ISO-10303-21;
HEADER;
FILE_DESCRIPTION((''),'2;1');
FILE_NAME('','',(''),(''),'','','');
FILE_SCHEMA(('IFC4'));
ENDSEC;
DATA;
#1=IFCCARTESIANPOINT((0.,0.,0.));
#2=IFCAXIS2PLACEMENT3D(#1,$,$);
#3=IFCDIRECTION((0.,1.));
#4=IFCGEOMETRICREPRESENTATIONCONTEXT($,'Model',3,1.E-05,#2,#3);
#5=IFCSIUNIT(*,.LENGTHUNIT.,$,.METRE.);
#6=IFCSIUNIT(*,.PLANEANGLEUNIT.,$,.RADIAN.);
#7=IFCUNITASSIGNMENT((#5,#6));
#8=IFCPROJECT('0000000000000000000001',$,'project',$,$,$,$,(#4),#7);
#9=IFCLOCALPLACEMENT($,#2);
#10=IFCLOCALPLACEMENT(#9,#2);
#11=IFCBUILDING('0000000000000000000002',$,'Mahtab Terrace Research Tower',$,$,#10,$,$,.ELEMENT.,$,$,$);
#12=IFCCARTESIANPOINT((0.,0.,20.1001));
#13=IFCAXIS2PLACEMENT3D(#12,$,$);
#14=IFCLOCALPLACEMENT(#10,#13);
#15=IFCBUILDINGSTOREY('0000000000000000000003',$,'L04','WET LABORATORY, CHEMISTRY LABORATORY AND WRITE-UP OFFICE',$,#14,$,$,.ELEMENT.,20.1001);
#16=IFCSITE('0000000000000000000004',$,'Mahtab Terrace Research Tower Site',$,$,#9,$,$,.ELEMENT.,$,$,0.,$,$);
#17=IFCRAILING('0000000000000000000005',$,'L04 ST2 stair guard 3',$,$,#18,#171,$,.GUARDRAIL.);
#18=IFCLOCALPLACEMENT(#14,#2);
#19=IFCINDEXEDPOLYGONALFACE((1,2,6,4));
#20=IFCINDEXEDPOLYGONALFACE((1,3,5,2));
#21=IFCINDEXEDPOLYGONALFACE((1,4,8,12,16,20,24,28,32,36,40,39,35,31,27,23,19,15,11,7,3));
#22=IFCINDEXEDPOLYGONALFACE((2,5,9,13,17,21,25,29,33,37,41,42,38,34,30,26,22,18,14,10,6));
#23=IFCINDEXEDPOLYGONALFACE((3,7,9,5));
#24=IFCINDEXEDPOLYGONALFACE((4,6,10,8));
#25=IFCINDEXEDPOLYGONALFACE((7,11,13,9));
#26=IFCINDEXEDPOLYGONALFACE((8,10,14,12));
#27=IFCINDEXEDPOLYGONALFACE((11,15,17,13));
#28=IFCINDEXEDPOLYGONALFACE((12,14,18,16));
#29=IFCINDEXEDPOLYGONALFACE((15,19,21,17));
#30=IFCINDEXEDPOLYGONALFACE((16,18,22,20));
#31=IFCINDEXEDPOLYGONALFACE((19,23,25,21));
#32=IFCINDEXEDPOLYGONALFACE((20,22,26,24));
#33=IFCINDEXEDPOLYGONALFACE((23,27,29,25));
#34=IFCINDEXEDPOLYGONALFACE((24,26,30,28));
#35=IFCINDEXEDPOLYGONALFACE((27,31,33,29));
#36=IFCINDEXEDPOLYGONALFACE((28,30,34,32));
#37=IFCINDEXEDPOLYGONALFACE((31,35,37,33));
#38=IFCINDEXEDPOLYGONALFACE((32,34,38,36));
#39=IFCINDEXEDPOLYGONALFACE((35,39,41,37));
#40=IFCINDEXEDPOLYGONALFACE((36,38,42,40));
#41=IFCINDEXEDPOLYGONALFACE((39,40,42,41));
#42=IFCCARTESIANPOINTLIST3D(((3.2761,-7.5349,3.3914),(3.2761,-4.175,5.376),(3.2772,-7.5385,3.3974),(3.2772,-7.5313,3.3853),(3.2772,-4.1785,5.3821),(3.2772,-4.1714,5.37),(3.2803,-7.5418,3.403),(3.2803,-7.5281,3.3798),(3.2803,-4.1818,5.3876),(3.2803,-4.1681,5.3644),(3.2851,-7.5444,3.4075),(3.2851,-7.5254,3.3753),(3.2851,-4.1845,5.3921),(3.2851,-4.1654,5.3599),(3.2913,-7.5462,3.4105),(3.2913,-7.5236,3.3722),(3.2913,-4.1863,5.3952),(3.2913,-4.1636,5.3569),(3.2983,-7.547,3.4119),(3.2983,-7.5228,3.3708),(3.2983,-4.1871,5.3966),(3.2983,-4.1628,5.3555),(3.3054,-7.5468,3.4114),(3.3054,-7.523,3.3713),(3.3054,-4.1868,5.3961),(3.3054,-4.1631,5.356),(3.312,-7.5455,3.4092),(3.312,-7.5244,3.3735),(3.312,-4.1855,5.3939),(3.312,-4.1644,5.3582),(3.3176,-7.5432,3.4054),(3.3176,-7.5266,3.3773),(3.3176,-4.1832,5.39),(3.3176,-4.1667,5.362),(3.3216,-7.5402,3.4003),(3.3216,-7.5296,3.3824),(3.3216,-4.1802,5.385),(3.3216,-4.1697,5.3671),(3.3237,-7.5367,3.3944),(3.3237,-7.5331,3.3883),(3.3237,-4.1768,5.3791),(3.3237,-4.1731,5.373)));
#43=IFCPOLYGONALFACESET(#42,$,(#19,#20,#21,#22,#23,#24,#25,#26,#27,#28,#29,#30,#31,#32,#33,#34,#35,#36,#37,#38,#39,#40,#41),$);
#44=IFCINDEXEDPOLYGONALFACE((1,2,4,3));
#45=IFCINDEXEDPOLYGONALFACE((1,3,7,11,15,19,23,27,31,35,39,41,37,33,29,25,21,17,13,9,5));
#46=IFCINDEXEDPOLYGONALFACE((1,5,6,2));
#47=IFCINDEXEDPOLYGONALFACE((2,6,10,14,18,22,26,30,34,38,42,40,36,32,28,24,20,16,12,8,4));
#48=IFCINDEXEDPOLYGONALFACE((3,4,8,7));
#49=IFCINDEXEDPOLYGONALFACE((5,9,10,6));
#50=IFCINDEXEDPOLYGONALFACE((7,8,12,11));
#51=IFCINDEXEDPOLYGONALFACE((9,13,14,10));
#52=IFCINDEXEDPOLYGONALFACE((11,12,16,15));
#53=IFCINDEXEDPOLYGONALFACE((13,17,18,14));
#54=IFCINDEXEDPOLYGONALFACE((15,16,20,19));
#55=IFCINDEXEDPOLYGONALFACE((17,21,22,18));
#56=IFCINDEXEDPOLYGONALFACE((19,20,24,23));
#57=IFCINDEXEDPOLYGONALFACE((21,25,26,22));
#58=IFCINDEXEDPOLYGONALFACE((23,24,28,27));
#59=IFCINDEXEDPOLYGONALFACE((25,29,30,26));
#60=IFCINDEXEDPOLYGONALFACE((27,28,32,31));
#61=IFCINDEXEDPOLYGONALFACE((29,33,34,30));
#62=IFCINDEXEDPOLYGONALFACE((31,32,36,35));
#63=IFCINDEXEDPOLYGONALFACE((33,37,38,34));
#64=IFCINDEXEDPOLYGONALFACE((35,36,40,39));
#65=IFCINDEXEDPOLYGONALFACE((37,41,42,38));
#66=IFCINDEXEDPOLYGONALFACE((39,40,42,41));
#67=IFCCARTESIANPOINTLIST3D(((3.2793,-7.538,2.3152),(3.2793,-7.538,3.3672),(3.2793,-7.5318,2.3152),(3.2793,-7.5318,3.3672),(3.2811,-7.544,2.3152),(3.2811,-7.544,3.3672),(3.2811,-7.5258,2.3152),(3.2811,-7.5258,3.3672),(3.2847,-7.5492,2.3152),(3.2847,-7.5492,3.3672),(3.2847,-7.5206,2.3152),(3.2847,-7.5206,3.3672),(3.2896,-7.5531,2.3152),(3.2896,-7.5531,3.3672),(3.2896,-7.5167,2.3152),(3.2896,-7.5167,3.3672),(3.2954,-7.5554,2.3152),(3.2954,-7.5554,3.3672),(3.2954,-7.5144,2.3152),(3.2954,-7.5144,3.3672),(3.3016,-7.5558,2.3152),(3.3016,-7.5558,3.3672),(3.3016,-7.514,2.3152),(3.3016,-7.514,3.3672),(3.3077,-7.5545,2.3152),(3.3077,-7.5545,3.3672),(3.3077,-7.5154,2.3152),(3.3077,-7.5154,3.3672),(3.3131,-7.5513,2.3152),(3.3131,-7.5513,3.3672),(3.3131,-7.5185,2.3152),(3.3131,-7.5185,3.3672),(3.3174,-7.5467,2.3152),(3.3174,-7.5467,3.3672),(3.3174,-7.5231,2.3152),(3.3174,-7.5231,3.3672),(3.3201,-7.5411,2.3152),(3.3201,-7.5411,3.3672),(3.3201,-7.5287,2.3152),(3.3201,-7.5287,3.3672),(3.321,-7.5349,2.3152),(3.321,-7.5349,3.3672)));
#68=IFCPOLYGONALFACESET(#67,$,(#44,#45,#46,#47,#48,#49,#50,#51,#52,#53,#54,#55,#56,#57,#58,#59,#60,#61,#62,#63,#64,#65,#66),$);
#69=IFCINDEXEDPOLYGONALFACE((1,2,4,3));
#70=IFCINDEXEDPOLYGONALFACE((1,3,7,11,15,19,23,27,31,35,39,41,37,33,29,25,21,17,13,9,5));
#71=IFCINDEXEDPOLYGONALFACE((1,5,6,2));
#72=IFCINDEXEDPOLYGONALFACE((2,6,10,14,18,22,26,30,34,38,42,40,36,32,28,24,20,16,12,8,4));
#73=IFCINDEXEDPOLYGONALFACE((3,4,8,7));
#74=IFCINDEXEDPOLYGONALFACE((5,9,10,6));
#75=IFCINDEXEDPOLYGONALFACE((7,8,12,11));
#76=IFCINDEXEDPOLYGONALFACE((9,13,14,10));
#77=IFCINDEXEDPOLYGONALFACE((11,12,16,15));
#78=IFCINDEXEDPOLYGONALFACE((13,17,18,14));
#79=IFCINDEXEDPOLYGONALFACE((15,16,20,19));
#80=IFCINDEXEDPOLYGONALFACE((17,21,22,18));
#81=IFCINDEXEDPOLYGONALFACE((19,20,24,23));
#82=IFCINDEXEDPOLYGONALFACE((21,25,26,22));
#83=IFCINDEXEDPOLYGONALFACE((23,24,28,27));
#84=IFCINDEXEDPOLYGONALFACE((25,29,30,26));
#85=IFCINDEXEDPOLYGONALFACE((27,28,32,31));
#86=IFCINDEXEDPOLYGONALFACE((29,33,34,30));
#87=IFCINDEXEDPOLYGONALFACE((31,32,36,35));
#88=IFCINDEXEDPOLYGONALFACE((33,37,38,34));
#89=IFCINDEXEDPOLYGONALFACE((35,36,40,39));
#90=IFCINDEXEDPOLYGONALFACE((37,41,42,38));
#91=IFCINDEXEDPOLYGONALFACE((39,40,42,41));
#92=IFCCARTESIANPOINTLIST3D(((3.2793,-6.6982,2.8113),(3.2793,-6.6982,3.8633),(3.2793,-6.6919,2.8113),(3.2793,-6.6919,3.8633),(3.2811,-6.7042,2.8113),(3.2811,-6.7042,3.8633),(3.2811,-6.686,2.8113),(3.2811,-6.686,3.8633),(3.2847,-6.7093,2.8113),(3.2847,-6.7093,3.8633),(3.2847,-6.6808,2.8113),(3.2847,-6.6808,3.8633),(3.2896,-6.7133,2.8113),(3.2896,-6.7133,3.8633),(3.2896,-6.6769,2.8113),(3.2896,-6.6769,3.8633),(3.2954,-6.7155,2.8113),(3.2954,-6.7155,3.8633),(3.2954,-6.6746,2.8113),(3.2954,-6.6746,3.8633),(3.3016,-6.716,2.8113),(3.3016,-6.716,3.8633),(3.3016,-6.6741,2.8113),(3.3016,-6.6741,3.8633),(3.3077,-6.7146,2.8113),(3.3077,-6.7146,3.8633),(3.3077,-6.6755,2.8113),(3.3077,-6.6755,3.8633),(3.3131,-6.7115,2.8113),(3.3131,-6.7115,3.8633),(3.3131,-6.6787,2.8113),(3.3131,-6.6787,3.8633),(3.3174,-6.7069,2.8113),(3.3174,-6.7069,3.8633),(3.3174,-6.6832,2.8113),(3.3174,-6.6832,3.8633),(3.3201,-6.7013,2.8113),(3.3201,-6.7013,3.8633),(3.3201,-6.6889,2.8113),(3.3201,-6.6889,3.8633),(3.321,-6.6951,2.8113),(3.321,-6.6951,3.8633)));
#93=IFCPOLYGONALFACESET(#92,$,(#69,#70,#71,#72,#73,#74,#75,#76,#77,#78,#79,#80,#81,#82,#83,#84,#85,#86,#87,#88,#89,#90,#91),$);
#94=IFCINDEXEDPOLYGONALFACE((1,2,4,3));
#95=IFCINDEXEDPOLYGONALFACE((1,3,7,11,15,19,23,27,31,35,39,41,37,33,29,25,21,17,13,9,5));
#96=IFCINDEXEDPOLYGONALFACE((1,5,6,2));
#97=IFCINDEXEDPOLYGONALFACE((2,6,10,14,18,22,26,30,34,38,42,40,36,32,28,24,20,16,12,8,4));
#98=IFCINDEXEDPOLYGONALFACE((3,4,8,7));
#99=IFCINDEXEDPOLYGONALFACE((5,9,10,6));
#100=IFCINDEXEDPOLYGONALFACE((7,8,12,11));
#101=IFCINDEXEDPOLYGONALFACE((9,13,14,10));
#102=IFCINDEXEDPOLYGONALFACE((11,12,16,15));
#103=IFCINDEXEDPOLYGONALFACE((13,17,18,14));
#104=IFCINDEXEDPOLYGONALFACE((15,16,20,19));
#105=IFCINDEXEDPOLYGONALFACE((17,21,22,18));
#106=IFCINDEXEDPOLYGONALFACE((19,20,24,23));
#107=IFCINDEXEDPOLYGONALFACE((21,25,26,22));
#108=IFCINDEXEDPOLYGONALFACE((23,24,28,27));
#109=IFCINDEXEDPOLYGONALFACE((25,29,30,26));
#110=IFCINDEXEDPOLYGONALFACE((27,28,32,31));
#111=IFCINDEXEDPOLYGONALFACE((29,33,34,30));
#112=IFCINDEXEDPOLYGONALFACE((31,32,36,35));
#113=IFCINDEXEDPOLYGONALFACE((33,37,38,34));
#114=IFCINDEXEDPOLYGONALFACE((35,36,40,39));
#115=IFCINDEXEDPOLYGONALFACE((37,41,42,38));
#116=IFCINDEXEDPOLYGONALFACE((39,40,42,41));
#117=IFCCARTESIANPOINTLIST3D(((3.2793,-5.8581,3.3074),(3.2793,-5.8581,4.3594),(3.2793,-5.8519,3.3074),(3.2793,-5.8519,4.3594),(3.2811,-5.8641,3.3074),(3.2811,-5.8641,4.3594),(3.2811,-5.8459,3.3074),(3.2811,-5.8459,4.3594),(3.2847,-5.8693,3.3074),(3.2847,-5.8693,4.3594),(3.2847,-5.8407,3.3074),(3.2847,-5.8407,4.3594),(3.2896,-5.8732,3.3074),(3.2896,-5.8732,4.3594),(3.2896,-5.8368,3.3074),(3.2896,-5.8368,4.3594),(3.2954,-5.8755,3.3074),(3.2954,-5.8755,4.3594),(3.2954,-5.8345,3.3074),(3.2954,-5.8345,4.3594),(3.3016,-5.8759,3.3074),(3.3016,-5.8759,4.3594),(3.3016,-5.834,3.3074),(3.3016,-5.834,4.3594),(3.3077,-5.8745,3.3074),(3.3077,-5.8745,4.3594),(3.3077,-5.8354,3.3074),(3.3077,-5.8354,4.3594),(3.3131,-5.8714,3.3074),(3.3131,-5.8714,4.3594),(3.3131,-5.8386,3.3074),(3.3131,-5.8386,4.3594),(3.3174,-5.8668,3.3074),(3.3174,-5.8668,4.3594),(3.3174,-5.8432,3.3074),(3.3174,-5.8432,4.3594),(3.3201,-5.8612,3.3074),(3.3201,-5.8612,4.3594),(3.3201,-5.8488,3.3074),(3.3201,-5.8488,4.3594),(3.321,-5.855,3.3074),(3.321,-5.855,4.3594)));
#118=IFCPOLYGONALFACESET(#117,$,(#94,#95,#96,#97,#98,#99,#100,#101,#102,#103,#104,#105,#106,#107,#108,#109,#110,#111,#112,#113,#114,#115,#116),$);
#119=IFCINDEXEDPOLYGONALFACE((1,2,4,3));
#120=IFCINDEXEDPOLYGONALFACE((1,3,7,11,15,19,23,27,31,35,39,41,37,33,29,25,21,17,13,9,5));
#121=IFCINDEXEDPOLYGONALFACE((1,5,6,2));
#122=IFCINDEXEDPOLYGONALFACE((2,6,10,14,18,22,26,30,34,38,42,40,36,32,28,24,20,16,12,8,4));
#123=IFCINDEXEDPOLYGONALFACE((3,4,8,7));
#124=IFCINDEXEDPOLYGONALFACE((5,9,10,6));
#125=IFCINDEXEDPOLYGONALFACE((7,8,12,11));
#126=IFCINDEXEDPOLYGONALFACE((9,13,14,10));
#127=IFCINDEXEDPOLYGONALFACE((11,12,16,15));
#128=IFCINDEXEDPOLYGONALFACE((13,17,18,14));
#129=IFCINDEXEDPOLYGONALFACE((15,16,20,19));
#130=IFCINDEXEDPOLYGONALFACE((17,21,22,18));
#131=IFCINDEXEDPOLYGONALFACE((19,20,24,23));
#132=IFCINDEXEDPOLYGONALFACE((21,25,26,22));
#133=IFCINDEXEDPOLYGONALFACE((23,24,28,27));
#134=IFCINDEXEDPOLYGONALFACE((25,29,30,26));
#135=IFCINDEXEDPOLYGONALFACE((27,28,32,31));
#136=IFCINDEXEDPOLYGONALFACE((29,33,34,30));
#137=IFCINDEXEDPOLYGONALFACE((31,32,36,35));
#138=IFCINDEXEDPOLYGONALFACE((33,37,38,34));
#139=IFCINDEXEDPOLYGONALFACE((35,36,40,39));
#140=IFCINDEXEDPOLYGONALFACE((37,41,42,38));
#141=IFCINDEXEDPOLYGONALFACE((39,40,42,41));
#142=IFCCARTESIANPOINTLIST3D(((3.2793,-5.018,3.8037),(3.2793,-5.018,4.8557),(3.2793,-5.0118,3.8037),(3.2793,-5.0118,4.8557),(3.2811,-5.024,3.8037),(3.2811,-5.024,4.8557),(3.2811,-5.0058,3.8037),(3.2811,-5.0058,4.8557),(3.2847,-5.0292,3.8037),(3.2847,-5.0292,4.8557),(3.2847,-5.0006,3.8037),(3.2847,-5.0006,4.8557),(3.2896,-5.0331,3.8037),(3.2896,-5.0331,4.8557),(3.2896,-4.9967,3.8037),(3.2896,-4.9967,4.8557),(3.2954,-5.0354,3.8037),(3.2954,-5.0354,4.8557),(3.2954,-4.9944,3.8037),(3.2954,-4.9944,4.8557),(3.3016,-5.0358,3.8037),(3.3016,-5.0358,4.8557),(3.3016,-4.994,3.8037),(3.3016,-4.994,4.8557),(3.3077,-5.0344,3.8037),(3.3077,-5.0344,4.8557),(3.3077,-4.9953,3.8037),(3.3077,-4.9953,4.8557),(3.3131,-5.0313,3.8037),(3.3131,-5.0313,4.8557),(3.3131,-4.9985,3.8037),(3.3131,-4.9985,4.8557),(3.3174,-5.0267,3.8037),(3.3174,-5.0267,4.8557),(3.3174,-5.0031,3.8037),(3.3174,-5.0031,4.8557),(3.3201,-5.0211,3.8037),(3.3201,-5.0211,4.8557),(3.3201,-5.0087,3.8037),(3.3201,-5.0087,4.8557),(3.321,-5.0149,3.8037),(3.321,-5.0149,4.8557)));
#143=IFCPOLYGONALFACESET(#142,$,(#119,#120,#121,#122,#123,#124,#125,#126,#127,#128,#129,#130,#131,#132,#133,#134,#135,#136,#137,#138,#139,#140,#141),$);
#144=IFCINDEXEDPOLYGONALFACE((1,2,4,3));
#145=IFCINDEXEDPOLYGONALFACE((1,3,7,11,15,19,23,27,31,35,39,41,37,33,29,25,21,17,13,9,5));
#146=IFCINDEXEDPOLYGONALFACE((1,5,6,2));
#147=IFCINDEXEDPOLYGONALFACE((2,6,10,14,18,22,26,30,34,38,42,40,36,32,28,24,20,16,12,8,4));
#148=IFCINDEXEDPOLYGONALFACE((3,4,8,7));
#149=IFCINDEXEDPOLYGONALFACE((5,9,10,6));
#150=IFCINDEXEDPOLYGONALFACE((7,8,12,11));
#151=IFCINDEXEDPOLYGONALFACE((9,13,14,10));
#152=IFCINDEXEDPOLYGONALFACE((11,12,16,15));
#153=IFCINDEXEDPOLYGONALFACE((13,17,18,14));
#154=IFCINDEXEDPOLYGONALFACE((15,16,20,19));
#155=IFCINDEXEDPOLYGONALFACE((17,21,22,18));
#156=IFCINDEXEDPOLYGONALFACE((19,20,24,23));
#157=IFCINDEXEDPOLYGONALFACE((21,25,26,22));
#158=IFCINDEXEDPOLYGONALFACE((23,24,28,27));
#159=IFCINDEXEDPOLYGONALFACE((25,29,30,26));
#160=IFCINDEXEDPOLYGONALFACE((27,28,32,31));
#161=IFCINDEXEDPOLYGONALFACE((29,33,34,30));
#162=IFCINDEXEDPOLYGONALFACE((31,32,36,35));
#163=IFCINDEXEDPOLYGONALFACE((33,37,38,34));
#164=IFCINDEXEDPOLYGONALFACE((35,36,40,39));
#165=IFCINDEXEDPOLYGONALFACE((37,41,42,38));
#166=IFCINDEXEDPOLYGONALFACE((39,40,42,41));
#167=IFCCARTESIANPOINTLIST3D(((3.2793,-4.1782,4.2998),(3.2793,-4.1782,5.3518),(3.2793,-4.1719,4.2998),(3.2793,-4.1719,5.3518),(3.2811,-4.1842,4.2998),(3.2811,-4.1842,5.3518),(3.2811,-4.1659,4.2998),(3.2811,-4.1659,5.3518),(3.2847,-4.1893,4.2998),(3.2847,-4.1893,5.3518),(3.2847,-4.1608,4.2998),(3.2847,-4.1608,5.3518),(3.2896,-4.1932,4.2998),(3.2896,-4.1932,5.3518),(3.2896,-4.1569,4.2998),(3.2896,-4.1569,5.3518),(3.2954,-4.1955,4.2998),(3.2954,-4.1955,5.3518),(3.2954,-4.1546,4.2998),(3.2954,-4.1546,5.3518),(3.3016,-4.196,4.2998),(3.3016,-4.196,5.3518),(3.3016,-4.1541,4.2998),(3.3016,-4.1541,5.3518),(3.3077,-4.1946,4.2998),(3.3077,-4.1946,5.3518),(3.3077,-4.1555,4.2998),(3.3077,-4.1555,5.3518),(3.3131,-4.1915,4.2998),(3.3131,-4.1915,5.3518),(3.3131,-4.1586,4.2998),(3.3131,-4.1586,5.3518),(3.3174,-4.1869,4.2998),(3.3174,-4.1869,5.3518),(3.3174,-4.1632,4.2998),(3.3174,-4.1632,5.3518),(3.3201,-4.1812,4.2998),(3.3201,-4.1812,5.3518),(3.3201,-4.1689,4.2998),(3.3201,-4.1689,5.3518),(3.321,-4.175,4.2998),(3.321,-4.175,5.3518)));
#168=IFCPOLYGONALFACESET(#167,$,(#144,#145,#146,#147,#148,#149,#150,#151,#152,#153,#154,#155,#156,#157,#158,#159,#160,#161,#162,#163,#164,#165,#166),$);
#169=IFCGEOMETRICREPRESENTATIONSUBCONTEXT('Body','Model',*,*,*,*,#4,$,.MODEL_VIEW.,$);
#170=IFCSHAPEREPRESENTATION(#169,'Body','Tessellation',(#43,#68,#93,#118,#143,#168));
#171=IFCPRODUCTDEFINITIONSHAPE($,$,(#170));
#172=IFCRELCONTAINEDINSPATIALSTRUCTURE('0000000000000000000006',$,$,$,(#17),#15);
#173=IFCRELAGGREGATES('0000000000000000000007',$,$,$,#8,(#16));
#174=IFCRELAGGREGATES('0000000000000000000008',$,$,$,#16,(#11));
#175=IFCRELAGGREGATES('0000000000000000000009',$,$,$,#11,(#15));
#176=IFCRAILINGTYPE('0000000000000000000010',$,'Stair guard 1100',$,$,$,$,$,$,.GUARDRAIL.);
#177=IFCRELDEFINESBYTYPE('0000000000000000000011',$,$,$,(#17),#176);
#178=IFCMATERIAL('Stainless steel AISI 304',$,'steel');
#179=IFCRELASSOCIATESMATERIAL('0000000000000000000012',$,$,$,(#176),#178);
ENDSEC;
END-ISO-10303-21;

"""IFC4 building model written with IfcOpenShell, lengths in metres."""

from ifc_helpers import new_model, si_unit, direction, frame, origin, origin_2d, place, context, subcontext, project, spatial, circle, extrude, material, type_object, element, save


model = new_model("IFC4")

# Units and contexts
model_context = context("Model", 3, precision=1e-05, world=origin(), true_north=direction((0.0, 1.0)))
body_context = subcontext(model_context, "Body", "Model", "MODEL_VIEW")
ifc_project = project(units=[si_unit("LENGTHUNIT", "METRE"), si_unit("PLANEANGLEUNIT", "RADIAN")], contexts=[model_context])

# Site, building, storey
site_placement = place(None, origin())
site = spatial("IfcSite", under=ifc_project, at=site_placement, Name="Mahtab Terrace Research Tower Site", CompositionType="ELEMENT", RefElevation=0.0)
building_placement = place(site_placement, origin())
building = spatial("IfcBuilding", under=site, at=building_placement, Name="Mahtab Terrace Research Tower", CompositionType="ELEMENT")
storey_placement = place(building_placement, frame((0.0, 0.0, 20.1001)))
storey = spatial("IfcBuildingStorey", under=building, at=storey_placement, Name="L04", Description="WET LABORATORY, CHEMISTRY LABORATORY AND WRITE-UP OFFICE", CompositionType="ELEMENT", Elevation=20.1001)

# Railing
ifc_material_1 = material(Name="Stainless steel AISI 304", Category="steel")
railing_type_1 = type_object("IfcRailingType", Name="Stair guard 1100", PredefinedType="GUARDRAIL", material=ifc_material_1)
railing_1_placement = place(storey_placement, frame((3.3, -7.5349, 2.3152)))
element("IfcRailing", 1, at=railing_1_placement, inside=storey, type_object=railing_type_1, Name="L04 ST2 stair guard 3", PredefinedType="GUARDRAIL", context=body_context, shape_type="SweptSolid", body=[
    extrude(circle(Radius=0.0239, at=origin_2d()), frame((0.0, 0.0, 1.0762), z_axis=(0.0, 0.861011, 0.508586), x_axis=(-1.0, 0.0, 0.0)), (0.0, 0.0, 1.0), 3.9023),
    extrude(circle(Radius=0.021, at=origin_2d()), origin(), (0.0, 0.0, 1.0), 1.052),
    extrude(circle(Radius=0.021, at=origin_2d()), frame((0.0, 0.8398, 0.4961)), (0.0, 0.0, 1.0), 1.052),
    extrude(circle(Radius=0.021, at=origin_2d()), frame((0.0, 1.6799, 0.9922)), (0.0, 0.0, 1.0), 1.052),
    extrude(circle(Radius=0.021, at=origin_2d()), frame((0.0, 2.52, 1.4885)), (0.0, 0.0, 1.0), 1.052),
    extrude(circle(Radius=0.021, at=origin_2d()), frame((0.0, 3.3599, 1.9846)), (0.0, 0.0, 1.0), 1.052),
])

save(model, "model.ifc")
